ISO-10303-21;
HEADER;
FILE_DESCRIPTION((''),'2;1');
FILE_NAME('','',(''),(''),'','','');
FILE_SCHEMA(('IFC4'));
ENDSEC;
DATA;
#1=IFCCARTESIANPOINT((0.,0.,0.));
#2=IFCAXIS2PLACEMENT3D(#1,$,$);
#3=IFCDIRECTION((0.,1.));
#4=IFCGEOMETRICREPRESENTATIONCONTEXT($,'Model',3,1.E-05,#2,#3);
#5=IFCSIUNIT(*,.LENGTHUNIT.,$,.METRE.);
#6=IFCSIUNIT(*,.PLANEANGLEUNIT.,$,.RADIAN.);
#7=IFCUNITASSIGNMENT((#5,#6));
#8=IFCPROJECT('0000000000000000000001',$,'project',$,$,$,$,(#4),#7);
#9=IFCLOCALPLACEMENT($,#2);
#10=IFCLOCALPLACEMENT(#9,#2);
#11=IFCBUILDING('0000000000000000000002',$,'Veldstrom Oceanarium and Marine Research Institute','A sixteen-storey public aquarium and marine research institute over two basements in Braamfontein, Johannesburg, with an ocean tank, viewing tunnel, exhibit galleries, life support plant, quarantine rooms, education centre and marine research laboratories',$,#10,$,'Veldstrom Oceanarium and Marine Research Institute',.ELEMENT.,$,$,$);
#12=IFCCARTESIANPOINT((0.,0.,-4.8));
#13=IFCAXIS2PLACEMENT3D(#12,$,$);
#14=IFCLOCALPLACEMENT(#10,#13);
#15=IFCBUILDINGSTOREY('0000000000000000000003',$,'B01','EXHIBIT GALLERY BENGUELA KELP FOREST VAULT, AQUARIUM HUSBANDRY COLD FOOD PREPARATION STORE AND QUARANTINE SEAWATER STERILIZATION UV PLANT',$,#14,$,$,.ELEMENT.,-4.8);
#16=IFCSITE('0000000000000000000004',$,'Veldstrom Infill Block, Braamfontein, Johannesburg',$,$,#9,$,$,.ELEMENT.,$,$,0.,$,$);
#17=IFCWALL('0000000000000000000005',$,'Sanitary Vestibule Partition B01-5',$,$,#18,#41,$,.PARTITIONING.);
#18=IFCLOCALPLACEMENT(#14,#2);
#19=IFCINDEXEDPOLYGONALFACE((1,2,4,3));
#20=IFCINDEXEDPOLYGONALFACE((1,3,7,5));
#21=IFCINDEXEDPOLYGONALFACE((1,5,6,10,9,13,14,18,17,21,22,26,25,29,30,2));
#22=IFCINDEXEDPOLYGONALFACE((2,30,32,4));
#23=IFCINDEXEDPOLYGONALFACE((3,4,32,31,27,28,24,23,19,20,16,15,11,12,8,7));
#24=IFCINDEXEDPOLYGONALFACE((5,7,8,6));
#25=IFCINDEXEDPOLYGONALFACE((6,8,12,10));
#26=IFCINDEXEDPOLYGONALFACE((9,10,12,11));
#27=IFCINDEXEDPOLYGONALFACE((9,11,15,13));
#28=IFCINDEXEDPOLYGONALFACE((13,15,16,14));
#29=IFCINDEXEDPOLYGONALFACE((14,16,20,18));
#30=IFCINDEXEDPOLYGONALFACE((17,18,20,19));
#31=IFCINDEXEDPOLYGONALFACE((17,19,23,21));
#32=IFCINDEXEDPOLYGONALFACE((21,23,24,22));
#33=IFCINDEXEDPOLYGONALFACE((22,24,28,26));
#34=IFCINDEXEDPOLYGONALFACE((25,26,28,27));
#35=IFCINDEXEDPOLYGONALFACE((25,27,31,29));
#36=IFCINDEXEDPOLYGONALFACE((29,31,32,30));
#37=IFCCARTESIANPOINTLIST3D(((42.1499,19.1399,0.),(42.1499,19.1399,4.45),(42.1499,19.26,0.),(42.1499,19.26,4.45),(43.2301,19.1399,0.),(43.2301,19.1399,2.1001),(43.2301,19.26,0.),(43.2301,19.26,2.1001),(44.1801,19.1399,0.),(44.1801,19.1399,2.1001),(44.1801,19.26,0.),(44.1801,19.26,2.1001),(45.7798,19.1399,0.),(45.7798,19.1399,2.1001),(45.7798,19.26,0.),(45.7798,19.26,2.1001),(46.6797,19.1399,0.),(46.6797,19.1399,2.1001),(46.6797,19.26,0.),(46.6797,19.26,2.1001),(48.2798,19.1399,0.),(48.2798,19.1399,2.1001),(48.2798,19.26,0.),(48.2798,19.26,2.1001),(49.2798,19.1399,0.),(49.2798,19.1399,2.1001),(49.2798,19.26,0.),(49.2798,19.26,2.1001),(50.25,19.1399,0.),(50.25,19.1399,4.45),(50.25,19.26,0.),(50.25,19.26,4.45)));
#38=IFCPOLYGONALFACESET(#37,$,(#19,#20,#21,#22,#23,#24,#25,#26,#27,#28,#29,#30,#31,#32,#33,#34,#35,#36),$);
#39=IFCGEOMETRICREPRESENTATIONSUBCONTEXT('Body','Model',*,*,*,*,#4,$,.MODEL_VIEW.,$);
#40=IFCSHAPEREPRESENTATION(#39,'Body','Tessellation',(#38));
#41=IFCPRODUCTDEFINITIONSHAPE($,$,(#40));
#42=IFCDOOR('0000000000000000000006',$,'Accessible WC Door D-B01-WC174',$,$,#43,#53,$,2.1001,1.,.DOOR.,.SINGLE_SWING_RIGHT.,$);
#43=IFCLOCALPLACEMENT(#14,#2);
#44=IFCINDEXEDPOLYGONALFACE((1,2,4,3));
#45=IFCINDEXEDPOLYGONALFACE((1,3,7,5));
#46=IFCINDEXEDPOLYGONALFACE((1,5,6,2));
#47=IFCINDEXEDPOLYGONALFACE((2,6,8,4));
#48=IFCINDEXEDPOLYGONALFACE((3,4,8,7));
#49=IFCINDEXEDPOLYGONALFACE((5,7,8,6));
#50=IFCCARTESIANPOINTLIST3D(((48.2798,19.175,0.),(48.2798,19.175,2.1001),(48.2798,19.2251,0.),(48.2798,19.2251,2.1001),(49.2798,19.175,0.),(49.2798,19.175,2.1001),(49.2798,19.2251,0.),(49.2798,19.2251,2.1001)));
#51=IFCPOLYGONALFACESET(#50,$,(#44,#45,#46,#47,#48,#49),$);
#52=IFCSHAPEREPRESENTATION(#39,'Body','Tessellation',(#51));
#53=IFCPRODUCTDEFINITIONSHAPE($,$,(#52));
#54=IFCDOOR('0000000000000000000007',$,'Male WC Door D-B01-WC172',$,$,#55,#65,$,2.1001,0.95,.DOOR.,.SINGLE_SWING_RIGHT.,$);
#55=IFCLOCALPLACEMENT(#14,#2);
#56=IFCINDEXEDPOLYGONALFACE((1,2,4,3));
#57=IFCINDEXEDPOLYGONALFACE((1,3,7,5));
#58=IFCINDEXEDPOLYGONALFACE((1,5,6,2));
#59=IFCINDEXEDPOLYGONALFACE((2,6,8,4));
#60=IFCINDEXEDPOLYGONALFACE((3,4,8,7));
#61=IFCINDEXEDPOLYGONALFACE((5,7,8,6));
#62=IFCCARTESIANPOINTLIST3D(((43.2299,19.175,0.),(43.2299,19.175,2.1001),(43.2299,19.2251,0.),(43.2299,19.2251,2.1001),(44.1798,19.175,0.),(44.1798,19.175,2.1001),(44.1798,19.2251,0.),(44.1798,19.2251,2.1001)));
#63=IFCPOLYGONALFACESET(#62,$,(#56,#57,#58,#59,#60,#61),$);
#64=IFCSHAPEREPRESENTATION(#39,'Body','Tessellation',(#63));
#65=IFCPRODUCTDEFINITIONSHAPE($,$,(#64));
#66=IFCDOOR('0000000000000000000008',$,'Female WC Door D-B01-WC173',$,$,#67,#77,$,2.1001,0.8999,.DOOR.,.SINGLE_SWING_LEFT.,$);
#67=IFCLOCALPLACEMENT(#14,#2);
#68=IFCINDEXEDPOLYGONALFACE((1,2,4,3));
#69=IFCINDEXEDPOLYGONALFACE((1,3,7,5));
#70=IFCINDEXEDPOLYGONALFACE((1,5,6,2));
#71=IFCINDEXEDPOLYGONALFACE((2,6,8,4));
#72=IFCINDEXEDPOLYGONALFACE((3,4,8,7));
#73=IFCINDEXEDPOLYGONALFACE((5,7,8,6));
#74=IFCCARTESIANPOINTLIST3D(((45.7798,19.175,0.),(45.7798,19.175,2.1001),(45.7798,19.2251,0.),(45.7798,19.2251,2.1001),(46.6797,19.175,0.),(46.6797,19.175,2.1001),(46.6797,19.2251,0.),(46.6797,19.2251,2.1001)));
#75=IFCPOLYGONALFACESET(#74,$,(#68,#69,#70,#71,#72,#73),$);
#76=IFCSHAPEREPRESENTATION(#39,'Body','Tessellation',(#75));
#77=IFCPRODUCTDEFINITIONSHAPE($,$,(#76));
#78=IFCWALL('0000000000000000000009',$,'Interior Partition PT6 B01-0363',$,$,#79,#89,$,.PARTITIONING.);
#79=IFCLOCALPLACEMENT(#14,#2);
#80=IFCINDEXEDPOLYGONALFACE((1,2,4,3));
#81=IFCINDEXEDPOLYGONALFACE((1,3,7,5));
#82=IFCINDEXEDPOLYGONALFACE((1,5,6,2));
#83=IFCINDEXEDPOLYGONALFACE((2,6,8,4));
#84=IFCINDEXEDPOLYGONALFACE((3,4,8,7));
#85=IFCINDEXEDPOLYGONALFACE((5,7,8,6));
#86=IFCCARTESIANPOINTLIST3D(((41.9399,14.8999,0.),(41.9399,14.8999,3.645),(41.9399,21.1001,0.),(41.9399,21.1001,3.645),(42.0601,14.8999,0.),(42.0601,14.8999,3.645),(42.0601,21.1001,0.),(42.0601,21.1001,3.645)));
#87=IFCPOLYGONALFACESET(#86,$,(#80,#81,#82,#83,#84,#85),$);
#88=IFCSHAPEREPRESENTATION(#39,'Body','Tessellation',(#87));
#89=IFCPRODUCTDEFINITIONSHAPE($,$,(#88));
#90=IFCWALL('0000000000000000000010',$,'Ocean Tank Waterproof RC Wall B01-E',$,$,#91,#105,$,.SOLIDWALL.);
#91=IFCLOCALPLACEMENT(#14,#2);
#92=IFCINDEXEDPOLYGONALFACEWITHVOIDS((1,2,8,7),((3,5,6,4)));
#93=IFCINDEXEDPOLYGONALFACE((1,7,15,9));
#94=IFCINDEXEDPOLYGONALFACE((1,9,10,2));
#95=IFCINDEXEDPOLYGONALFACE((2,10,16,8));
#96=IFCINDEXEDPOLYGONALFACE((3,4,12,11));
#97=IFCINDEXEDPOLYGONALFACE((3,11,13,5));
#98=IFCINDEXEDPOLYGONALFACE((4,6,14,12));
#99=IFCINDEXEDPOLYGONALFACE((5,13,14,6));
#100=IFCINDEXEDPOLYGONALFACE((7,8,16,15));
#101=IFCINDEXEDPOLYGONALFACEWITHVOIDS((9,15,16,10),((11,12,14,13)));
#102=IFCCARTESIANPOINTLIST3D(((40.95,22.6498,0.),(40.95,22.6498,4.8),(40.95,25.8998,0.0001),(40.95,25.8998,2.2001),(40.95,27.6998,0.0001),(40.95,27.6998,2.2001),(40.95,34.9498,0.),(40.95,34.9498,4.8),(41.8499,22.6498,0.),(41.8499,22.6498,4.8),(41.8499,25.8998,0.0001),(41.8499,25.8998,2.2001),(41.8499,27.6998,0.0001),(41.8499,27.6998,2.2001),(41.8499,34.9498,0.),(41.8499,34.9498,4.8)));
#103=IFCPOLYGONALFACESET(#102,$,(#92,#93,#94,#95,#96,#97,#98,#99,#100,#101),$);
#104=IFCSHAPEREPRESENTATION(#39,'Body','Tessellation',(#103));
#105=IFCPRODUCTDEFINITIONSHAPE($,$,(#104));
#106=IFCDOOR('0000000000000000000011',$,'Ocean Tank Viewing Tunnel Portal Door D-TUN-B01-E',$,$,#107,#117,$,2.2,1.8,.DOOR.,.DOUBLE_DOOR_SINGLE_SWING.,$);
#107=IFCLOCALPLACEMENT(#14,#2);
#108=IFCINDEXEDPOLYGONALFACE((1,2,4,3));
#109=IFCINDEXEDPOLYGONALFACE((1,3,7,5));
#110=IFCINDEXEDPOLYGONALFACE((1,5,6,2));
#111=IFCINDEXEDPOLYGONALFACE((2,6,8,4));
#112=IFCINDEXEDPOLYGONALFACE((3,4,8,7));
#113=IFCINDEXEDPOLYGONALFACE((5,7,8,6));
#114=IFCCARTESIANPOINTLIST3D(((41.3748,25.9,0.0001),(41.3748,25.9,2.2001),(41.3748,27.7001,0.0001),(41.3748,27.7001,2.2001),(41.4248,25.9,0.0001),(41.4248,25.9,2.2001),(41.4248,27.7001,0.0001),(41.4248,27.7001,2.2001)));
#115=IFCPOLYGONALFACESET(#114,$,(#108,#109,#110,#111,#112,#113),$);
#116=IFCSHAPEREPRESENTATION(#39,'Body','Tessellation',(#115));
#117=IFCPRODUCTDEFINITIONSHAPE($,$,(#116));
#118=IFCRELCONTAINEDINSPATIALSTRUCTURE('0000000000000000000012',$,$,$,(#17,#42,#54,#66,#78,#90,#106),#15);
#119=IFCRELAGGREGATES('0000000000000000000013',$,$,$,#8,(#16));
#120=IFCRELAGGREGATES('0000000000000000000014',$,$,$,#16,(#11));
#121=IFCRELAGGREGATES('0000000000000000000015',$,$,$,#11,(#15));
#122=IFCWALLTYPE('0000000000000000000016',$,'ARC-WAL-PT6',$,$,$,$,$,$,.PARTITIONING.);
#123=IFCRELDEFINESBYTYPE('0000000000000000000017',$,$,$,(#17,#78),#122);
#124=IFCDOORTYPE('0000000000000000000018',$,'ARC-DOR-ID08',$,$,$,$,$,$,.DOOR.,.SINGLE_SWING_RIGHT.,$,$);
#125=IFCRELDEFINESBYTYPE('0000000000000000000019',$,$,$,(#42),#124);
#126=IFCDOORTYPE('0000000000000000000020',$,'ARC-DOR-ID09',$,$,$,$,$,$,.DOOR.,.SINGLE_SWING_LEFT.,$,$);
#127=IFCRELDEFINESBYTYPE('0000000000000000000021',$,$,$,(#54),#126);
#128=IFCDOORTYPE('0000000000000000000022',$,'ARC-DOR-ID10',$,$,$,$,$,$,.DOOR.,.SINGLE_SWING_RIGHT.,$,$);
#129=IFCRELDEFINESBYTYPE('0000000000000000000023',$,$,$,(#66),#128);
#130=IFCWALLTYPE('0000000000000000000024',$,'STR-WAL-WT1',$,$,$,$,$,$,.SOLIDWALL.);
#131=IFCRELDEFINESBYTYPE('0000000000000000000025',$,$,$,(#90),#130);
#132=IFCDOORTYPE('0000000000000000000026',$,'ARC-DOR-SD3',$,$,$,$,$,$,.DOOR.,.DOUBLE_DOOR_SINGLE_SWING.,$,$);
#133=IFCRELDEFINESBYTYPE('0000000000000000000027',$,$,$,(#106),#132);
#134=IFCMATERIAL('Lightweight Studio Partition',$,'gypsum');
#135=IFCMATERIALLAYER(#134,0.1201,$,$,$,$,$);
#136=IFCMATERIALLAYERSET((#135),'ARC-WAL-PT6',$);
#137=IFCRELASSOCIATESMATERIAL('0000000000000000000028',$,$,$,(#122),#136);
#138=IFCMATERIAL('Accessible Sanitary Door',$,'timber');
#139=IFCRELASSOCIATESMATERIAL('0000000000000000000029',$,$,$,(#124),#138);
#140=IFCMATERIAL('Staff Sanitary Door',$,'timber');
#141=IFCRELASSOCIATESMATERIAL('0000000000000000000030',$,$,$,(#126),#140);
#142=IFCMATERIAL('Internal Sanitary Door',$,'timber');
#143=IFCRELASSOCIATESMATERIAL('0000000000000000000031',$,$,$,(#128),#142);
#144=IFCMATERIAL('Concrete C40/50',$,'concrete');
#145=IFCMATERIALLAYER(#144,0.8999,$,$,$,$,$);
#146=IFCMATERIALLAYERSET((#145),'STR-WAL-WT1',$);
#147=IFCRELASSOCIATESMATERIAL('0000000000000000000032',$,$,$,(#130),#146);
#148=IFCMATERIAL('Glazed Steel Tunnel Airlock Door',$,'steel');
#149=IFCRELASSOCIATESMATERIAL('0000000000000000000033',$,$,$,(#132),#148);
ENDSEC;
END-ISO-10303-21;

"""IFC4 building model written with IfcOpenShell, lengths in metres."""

from ifc_helpers import new_model, si_unit, direction, frame, frame_2d, origin, place, context, subcontext, project, spatial, rectangle, extrude, material, layer, layer_set, type_object, element, fill, save


model = new_model("IFC4")

# Units and contexts
model_context = context("Model", 3, precision=1e-05, world=origin(), true_north=direction((0.0, 1.0)))
body_context = subcontext(model_context, "Body", "Model", "MODEL_VIEW")
ifc_project = project(units=[si_unit("LENGTHUNIT", "METRE"), si_unit("PLANEANGLEUNIT", "RADIAN")], contexts=[model_context])

# Site, building, storey
site_placement = place(None, origin())
site = spatial("IfcSite", under=ifc_project, at=site_placement, Name="Veldstrom Infill Block, Braamfontein, Johannesburg", CompositionType="ELEMENT", RefElevation=0.0)
building_placement = place(site_placement, origin())
building = spatial("IfcBuilding", under=site, at=building_placement, Name="Veldstrom Oceanarium and Marine Research Institute", Description="A sixteen-storey public aquarium and marine research institute over two basements in Braamfontein, Johannesburg, with an ocean tank, viewing tunnel, exhibit galleries, life support plant, quarantine rooms, education centre and marine research laboratories", LongName="Veldstrom Oceanarium and Marine Research Institute", CompositionType="ELEMENT")
storey_placement = place(building_placement, frame((0.0, 0.0, -4.8)))
storey = spatial("IfcBuildingStorey", under=building, at=storey_placement, Name="B01", Description="EXHIBIT GALLERY BENGUELA KELP FOREST VAULT, AQUARIUM HUSBANDRY COLD FOOD PREPARATION STORE AND QUARANTINE SEAWATER STERILIZATION UV PLANT", CompositionType="ELEMENT", Elevation=-4.8)

# Wall, openings, doors
ifc_material_1 = material(Name="Lightweight Studio Partition", Category="gypsum")
ifc_layer_1 = layer(ifc_material_1, 0.1201)
ifc_layer_set_1 = layer_set([ifc_layer_1], Name="ARC-WAL-PT6")
wall_type_1 = type_object("IfcWallType", Name="ARC-WAL-PT6", PredefinedType="PARTITIONING", material=ifc_layer_set_1)
wall_1_placement = place(storey_placement, frame((42.1499, 19.2, 0.0), z_axis=(0.0, 0.0, 1.0), x_axis=(1.0, 0.0, 0.0)))
wall_1 = element("IfcWall", 1, at=wall_1_placement, inside=storey, type_object=wall_type_1, Name="Sanitary Vestibule Partition B01-5", PredefinedType="PARTITIONING", context=body_context, shape_type="SweptSolid", body=[
    extrude(rectangle(XDim=8.1001, YDim=0.1201, at=frame_2d((4.05, 0.0))), origin(), (0.0, 0.0, 1.0), 4.45),
])
opening_1_placement = place(wall_1_placement, frame((1.0801, 0.0, 0.0)))
opening_1 = element("IfcOpeningElement", 2, at=opening_1_placement, cuts=wall_1, PredefinedType="OPENING", context=body_context, shape_type="SweptSolid", body=[
    extrude(rectangle(XDim=0.95, YDim=2.1001, at=frame_2d((0.4751, 1.05))), frame((0.0, 0.0701, 0.0), z_axis=(0.0, -1.0, 0.0), x_axis=(1.0, 0.0, 0.0)), (0.0, 0.0, 1.0), 0.1401),
])
opening_2_placement = place(wall_1_placement, frame((3.6299, 0.0, 0.0)))
opening_2 = element("IfcOpeningElement", 3, at=opening_2_placement, cuts=wall_1, PredefinedType="OPENING", context=body_context, shape_type="SweptSolid", body=[
    extrude(rectangle(XDim=0.8999, YDim=2.1001, at=frame_2d((0.45, 1.05))), frame((0.0, 0.0701, 0.0), z_axis=(0.0, -1.0, 0.0), x_axis=(1.0, 0.0, 0.0)), (0.0, 0.0, 1.0), 0.1401),
])
opening_3_placement = place(wall_1_placement, frame((6.1299, 0.0, 0.0)))
opening_3 = element("IfcOpeningElement", 4, at=opening_3_placement, cuts=wall_1, PredefinedType="OPENING", context=body_context, shape_type="SweptSolid", body=[
    extrude(rectangle(XDim=1.0, YDim=2.1001, at=frame_2d((0.5, 1.05))), frame((0.0, 0.0701, 0.0), z_axis=(0.0, -1.0, 0.0), x_axis=(1.0, 0.0, 0.0)), (0.0, 0.0, 1.0), 0.1401),
])
ifc_material_2 = material(Name="Accessible Sanitary Door", Category="timber")
door_type_1 = type_object("IfcDoorType", Name="ARC-DOR-ID08", OperationType="SINGLE_SWING_RIGHT", PredefinedType="DOOR", material=ifc_material_2)
door_1_placement = place(opening_3_placement, frame((1.0, 0.0, 0.0), z_axis=(0.0, 0.0, 1.0), x_axis=(-1.0, 0.0, 0.0)))
door_1 = element("IfcDoor", 5, at=door_1_placement, inside=storey, type_object=door_type_1, Name="Accessible WC Door D-B01-WC174", OperationType="SINGLE_SWING_RIGHT", OverallHeight=2.1001, OverallWidth=1.0, PredefinedType="DOOR", context=body_context, shape_type="SweptSolid", body=[
    extrude(rectangle(XDim=1.0, YDim=2.1001, at=frame_2d((0.5, 1.05))), frame((0.0, 0.0249, 0.0), z_axis=(0.0, -1.0, 0.0), x_axis=(1.0, 0.0, 0.0)), (0.0, 0.0, 1.0), 0.05),
])
fill(opening_3, door_1)
ifc_material_3 = material(Name="Staff Sanitary Door", Category="timber")
door_type_2 = type_object("IfcDoorType", Name="ARC-DOR-ID09", OperationType="SINGLE_SWING_LEFT", PredefinedType="DOOR", material=ifc_material_3)
door_2_placement = place(opening_1_placement, frame((0.95, 0.0, 0.0), z_axis=(0.0, 0.0, 1.0), x_axis=(-1.0, 0.0, 0.0)))
door_2 = element("IfcDoor", 6, at=door_2_placement, inside=storey, type_object=door_type_2, Name="Male WC Door D-B01-WC172", OperationType="SINGLE_SWING_RIGHT", OverallHeight=2.1001, OverallWidth=0.95, PredefinedType="DOOR", context=body_context, shape_type="SweptSolid", body=[
    extrude(rectangle(XDim=0.95, YDim=2.1001, at=frame_2d((0.4751, 1.05))), frame((0.0, 0.0249, 0.0), z_axis=(0.0, -1.0, 0.0), x_axis=(1.0, 0.0, 0.0)), (0.0, 0.0, 1.0), 0.05),
])
fill(opening_1, door_2)
ifc_material_4 = material(Name="Internal Sanitary Door", Category="timber")
door_type_3 = type_object("IfcDoorType", Name="ARC-DOR-ID10", OperationType="SINGLE_SWING_RIGHT", PredefinedType="DOOR", material=ifc_material_4)
door_3_placement = place(opening_2_placement, frame((0.8999, 0.0, 0.0), z_axis=(0.0, 0.0, 1.0), x_axis=(-1.0, 0.0, 0.0)))
door_3 = element("IfcDoor", 7, at=door_3_placement, inside=storey, type_object=door_type_3, Name="Female WC Door D-B01-WC173", OperationType="SINGLE_SWING_LEFT", OverallHeight=2.1001, OverallWidth=0.8999, PredefinedType="DOOR", context=body_context, shape_type="SweptSolid", body=[
    extrude(rectangle(XDim=0.8999, YDim=2.1001, at=frame_2d((0.45, 1.05))), frame((0.0, 0.0249, 0.0), z_axis=(0.0, -1.0, 0.0), x_axis=(1.0, 0.0, 0.0)), (0.0, 0.0, 1.0), 0.05),
])
fill(opening_2, door_3)

# Wall
wall_2_placement = place(storey_placement, frame((42.0, 14.8999, 0.0), z_axis=(0.0, 0.0, 1.0), x_axis=(0.0, 1.0, 0.0)))
element("IfcWall", 8, at=wall_2_placement, inside=storey, type_object=wall_type_1, Name="Interior Partition PT6 B01-0363", PredefinedType="PARTITIONING", context=body_context, shape_type="SweptSolid", body=[
    extrude(rectangle(XDim=6.2002, YDim=0.1201, at=frame_2d((3.1001, 0.0))), origin(), (0.0, 0.0, 1.0), 3.645),
])

# Wall, opening, door
ifc_material_5 = material(Name="Concrete C40/50", Category="concrete")
ifc_layer_2 = layer(ifc_material_5, 0.8999)
ifc_layer_set_2 = layer_set([ifc_layer_2], Name="STR-WAL-WT1")
wall_type_2 = type_object("IfcWallType", Name="STR-WAL-WT1", PredefinedType="SOLIDWALL", material=ifc_layer_set_2)
wall_3_placement = place(storey_placement, frame((41.3999, 22.6499, 0.0), z_axis=(0.0, 0.0, 1.0), x_axis=(0.0, 1.0, 0.0)))
wall_3 = element("IfcWall", 9, at=wall_3_placement, inside=storey, type_object=wall_type_2, Name="Ocean Tank Waterproof RC Wall B01-E", PredefinedType="SOLIDWALL", context=body_context, shape_type="SweptSolid", body=[
    extrude(rectangle(XDim=12.3, YDim=0.8999, at=frame_2d((6.1499, 0.0))), origin(), (0.0, 0.0, 1.0), 4.8),
])
opening_4_placement = place(wall_3_placement, frame((3.25, 0.0, 0.0)))
opening_4 = element("IfcOpeningElement", 10, at=opening_4_placement, cuts=wall_3, PredefinedType="OPENING", context=body_context, shape_type="SweptSolid", body=[
    extrude(rectangle(XDim=1.8, YDim=2.2, at=frame_2d((0.8999, 1.1001))), frame((0.0, 0.46, 0.0), z_axis=(0.0, -1.0, 0.0), x_axis=(1.0, 0.0, 0.0)), (0.0, 0.0, 1.0), 0.9199),
])
ifc_material_6 = material(Name="Glazed Steel Tunnel Airlock Door", Category="steel")
door_type_4 = type_object("IfcDoorType", Name="ARC-DOR-SD3", OperationType="DOUBLE_DOOR_SINGLE_SWING", PredefinedType="DOOR", material=ifc_material_6)
door_4_placement = place(opening_4_placement, frame((1.8, 0.0, 0.0), z_axis=(0.0, 0.0, 1.0), x_axis=(-1.0, 0.0, 0.0)))
door_4 = element("IfcDoor", 11, at=door_4_placement, inside=storey, type_object=door_type_4, Name="Ocean Tank Viewing Tunnel Portal Door D-TUN-B01-E", OperationType="DOUBLE_DOOR_SINGLE_SWING", OverallHeight=2.2, OverallWidth=1.8, PredefinedType="DOOR", context=body_context, shape_type="SweptSolid", body=[
    extrude(rectangle(XDim=1.8, YDim=2.2, at=frame_2d((0.8999, 1.1001))), frame((0.0, 0.0249, 0.0), z_axis=(0.0, -1.0, 0.0), x_axis=(1.0, 0.0, 0.0)), (0.0, 0.0, 1.0), 0.05),
])
fill(opening_4, door_4)

save(model, "model.ifc")
